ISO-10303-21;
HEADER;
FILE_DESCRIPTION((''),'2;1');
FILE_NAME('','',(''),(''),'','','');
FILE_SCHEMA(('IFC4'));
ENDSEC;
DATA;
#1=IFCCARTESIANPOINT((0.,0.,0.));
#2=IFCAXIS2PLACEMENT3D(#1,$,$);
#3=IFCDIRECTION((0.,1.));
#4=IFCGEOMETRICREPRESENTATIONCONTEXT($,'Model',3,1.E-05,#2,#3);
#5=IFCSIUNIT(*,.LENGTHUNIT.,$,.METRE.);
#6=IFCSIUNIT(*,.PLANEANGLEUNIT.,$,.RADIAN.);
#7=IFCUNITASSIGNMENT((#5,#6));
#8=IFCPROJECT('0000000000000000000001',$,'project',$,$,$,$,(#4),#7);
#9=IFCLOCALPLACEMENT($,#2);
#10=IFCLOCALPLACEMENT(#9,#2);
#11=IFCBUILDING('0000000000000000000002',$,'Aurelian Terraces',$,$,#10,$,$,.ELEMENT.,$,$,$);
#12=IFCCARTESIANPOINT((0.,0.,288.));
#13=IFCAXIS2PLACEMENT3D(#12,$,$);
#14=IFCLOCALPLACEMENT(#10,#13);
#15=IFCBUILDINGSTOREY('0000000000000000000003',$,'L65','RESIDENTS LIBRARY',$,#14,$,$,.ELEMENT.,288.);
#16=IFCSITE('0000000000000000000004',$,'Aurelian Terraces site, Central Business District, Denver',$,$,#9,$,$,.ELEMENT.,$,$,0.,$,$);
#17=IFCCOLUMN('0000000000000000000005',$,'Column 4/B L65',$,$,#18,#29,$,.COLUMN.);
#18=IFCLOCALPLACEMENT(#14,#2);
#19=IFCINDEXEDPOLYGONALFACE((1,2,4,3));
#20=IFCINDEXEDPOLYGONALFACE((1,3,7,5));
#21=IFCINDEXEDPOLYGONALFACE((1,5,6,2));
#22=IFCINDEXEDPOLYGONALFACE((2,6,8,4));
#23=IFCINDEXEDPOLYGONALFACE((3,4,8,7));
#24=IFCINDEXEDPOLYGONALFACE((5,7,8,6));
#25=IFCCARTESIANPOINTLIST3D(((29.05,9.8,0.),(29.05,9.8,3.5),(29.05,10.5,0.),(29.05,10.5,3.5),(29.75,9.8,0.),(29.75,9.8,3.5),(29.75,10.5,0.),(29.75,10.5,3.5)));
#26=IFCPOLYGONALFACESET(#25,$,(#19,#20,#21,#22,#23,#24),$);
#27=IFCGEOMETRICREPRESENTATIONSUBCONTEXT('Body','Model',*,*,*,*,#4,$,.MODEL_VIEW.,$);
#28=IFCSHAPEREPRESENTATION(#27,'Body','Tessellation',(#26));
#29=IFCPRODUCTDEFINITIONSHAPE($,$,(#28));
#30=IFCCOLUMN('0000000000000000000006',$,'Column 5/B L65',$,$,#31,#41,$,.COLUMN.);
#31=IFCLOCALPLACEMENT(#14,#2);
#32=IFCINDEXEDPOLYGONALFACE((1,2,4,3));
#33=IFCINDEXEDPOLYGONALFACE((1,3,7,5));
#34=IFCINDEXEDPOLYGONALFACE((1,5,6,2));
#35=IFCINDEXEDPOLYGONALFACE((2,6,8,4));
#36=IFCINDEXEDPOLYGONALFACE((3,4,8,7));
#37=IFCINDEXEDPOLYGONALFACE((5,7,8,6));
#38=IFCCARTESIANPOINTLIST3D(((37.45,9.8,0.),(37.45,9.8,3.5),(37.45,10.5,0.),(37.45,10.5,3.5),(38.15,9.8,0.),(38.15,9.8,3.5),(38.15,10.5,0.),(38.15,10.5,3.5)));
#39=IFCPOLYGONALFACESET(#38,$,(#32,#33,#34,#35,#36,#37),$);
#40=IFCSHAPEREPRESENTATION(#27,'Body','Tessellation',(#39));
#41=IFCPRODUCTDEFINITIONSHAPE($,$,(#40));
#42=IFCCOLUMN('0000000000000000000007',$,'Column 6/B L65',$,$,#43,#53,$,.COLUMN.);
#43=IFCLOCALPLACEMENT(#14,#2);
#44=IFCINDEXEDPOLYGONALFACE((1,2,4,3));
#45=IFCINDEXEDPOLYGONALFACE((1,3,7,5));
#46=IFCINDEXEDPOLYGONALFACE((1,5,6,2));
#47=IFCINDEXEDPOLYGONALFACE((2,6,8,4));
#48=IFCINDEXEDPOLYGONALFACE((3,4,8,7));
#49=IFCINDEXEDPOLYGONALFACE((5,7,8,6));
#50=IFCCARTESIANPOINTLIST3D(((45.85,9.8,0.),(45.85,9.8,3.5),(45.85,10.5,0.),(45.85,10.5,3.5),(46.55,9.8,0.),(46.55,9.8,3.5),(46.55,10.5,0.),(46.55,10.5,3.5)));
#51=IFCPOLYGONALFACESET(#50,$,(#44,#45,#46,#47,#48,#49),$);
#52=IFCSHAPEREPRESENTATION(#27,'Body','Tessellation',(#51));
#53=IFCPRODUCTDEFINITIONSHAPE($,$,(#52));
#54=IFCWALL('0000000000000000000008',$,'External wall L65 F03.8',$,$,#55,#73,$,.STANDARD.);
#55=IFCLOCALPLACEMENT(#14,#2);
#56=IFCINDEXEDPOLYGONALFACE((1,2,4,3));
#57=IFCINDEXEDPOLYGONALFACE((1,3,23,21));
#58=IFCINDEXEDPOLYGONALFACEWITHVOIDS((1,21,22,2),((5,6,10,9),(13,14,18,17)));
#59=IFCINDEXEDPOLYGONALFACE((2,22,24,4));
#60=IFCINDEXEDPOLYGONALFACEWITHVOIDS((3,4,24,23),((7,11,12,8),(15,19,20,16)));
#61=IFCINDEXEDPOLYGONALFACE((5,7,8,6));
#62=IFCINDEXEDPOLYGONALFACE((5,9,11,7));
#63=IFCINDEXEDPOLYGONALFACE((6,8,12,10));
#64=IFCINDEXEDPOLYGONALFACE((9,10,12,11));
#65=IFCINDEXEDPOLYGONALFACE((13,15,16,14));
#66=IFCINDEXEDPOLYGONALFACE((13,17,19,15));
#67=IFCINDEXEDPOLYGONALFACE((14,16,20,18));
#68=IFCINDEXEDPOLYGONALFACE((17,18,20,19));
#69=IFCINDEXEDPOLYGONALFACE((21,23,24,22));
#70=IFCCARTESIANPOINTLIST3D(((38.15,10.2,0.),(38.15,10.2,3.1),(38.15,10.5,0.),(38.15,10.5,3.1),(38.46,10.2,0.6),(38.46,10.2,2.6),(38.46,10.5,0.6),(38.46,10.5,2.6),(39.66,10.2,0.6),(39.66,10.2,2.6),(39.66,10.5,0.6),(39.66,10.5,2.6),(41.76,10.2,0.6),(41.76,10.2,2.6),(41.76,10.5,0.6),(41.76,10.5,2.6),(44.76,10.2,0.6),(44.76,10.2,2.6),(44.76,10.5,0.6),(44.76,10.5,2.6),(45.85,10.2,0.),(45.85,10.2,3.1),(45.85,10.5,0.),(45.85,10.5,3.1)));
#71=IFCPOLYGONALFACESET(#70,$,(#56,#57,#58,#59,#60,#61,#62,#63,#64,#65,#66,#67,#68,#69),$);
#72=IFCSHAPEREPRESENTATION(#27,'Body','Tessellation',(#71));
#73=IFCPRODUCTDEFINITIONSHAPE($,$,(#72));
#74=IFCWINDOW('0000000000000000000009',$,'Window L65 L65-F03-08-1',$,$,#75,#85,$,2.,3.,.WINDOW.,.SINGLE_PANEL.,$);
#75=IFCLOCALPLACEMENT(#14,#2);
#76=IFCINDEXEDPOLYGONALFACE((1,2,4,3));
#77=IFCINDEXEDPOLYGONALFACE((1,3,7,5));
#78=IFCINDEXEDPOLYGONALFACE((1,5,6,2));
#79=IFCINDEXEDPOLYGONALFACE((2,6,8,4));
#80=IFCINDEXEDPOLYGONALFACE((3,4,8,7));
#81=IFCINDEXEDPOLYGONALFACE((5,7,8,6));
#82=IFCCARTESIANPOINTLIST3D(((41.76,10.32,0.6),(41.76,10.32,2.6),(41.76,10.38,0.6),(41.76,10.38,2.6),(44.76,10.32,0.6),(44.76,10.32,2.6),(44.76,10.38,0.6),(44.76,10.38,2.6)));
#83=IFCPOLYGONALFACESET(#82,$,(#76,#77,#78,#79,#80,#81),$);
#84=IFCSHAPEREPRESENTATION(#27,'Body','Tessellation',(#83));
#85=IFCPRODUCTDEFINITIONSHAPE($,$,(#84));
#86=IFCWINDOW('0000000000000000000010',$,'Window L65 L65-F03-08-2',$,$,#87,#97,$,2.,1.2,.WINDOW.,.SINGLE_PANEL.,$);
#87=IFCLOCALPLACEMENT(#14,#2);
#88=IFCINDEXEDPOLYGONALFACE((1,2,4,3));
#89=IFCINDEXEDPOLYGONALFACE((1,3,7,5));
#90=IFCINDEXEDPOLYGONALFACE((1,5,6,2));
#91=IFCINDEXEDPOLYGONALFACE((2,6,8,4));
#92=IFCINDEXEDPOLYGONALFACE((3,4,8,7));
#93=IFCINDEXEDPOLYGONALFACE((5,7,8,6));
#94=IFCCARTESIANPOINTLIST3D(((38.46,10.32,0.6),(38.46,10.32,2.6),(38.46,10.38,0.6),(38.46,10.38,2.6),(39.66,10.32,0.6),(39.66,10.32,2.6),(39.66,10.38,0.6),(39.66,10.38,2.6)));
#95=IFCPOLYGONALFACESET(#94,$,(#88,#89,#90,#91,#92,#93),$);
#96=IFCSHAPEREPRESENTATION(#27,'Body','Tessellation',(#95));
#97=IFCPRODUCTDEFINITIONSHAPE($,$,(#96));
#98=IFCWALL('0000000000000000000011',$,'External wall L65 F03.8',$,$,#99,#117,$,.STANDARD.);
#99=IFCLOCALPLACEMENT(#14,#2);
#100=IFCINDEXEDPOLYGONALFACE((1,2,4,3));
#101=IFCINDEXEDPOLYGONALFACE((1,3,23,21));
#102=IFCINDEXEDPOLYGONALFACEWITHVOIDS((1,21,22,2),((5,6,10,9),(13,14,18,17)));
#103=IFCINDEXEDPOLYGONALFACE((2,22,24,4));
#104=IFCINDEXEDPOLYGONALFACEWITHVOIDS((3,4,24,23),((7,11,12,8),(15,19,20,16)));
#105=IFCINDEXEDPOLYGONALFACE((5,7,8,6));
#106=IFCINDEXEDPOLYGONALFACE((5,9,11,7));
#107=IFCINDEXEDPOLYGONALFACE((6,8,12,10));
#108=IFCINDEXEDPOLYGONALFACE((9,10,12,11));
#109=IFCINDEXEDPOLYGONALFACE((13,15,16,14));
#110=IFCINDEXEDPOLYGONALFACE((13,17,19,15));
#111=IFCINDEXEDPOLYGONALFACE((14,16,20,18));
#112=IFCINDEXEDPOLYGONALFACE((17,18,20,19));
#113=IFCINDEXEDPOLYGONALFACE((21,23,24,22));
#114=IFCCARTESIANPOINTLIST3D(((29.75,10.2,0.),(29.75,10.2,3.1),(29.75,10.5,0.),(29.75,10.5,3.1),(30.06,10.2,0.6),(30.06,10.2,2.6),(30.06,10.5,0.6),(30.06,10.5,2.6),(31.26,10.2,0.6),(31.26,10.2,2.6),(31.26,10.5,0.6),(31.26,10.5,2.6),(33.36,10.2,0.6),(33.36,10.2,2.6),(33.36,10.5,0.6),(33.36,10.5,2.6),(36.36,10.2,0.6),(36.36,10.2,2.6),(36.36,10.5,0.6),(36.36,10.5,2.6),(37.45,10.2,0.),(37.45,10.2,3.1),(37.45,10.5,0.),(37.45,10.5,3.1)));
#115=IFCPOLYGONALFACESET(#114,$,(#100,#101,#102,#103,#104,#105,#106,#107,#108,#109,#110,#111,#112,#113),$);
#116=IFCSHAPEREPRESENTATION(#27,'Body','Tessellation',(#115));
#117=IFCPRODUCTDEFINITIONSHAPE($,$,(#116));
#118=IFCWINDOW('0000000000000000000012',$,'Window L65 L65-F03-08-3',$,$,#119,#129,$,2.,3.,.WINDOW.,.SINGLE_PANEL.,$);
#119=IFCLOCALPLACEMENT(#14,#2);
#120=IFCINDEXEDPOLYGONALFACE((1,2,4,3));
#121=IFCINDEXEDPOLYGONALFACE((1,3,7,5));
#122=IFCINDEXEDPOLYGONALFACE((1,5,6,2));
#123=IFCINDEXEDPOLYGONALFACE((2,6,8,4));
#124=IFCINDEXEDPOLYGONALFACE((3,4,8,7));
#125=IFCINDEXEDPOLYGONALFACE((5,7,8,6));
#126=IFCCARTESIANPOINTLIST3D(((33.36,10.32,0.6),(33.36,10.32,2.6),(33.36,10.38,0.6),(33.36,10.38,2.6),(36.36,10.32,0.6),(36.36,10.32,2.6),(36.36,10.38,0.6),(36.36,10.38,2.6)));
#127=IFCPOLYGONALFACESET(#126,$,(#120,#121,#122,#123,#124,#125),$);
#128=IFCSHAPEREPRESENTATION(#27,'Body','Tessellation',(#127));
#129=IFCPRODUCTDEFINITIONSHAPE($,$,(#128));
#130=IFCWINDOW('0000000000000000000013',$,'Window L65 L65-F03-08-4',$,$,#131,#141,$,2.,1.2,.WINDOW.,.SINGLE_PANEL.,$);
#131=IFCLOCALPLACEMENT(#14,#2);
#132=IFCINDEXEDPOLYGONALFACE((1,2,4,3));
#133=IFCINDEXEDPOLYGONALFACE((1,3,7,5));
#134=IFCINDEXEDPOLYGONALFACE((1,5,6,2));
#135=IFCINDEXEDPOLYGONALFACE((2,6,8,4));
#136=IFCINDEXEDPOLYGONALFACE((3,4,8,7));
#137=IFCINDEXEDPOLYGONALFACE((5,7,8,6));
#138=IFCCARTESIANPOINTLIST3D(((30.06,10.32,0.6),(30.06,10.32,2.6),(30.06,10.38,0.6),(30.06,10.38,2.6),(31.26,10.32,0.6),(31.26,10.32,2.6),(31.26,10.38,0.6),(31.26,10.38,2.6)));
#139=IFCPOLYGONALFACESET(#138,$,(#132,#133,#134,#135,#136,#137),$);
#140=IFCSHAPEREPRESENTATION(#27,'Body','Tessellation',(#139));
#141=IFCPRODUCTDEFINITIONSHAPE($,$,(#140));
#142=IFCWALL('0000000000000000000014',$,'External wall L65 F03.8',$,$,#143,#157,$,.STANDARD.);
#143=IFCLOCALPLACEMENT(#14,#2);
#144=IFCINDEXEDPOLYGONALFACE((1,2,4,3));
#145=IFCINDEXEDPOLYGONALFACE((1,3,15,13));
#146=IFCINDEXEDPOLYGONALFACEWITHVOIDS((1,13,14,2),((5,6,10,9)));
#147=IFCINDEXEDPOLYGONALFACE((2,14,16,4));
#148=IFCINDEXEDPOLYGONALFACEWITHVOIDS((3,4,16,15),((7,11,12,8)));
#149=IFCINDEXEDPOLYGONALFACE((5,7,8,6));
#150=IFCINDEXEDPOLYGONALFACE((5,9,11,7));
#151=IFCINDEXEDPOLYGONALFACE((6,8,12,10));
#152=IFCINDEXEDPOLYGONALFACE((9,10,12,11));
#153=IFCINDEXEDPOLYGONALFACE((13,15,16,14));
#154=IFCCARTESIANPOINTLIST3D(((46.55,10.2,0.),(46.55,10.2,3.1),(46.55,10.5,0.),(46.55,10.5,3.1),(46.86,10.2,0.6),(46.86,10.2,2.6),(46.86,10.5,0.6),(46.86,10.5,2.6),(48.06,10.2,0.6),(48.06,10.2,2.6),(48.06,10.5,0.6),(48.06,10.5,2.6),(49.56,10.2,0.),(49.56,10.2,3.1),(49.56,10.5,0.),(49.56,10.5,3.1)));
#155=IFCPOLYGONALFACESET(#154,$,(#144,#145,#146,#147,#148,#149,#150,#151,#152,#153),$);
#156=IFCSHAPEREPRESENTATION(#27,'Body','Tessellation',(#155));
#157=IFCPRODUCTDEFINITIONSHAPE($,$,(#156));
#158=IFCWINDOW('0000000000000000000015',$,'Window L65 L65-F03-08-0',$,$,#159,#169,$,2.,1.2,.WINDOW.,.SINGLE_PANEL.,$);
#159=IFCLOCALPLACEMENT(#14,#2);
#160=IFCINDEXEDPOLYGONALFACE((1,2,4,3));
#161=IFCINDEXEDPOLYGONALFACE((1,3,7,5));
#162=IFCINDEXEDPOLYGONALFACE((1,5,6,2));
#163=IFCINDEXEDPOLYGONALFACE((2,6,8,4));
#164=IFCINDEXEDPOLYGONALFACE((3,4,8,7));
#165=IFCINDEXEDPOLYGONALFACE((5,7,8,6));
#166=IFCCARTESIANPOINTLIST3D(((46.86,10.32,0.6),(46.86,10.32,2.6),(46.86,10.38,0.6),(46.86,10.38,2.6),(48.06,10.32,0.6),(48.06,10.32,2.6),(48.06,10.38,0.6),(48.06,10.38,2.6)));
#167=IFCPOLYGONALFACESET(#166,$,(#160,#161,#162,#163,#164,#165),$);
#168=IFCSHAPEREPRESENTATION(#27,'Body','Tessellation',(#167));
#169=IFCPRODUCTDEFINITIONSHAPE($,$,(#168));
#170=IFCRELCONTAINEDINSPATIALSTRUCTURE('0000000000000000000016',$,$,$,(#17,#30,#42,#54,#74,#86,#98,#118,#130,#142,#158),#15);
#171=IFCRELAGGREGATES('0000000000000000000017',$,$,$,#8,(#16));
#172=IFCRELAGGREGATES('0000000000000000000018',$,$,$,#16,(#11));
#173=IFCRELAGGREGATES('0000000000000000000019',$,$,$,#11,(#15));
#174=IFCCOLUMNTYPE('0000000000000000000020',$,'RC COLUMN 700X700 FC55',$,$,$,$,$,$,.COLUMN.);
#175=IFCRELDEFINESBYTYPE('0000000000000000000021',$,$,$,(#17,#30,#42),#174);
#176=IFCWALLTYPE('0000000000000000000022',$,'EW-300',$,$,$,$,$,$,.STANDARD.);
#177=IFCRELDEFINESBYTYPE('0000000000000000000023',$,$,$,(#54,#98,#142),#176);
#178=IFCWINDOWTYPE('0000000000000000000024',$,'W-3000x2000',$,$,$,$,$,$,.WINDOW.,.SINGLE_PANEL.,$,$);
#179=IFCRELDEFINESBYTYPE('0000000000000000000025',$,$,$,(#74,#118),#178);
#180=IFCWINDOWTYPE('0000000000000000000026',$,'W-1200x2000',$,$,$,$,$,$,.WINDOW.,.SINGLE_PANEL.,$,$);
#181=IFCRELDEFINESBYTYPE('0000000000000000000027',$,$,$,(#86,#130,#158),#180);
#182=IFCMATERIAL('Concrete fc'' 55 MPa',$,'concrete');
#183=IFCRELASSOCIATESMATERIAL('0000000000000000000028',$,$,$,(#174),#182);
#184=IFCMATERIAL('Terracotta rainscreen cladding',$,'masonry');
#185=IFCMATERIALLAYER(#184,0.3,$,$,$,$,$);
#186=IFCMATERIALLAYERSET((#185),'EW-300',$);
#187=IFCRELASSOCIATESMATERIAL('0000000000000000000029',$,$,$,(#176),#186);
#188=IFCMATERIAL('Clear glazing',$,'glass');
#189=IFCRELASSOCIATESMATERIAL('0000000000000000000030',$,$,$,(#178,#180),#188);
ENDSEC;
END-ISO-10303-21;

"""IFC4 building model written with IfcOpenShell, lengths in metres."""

from ifc_helpers import new_model, si_unit, direction, frame, frame_2d, origin, origin_2d, place, context, subcontext, project, spatial, rectangle, extrude, source, transform, mapped, material, layer, layer_set, material_profile, profile_set, type_object, element, fill, save


model = new_model("IFC4")

# Units and contexts
model_context = context("Model", 3, precision=1e-05, world=origin(), true_north=direction((0.0, 1.0)))
body_context = subcontext(model_context, "Body", "Model", "MODEL_VIEW")
ifc_project = project(units=[si_unit("LENGTHUNIT", "METRE"), si_unit("PLANEANGLEUNIT", "RADIAN")], contexts=[model_context])

# Site, building, storey
site_placement = place(None, origin())
site = spatial("IfcSite", under=ifc_project, at=site_placement, Name="Aurelian Terraces site, Central Business District, Denver", CompositionType="ELEMENT", RefElevation=0.0)
building_placement = place(site_placement, origin())
building = spatial("IfcBuilding", under=site, at=building_placement, Name="Aurelian Terraces", CompositionType="ELEMENT")
storey_placement = place(building_placement, frame((0.0, 0.0, 288.0)))
storey = spatial("IfcBuildingStorey", under=building, at=storey_placement, Name="L65", Description="RESIDENTS LIBRARY", CompositionType="ELEMENT", Elevation=288.0)

# Columns
ifc_material_1 = material(Name="Concrete fc' 55 MPa", Category="concrete")
ifc_material_profile = material_profile(ifc_material_1, rectangle(XDim=0.7, YDim=0.7, at=origin_2d()))
ifc_profile_set = profile_set([ifc_material_profile], Name="Concrete fc' 55 MPa")
column_type = type_object("IfcColumnType", Name="RC COLUMN 700X700 FC55", PredefinedType="COLUMN", material=ifc_profile_set)
shared_shape_1 = source(origin(), body_context, "Body", "SweptSolid", [
    extrude(rectangle(XDim=0.7, YDim=0.7, at=origin_2d()), origin(), (0.0, 0.0, 1.0), 3.5),
])
for number, where, z_axis, x_axis, name in (
    (1, (29.4, 10.15, 0.0), (0.0, 0.0, 1.0), (1.0, 0.0, 0.0), "Column 4/B L65"),
    (2, (37.8, 10.15, 0.0), (0.0, 0.0, 1.0), (1.0, 0.0, 0.0), "Column 5/B L65"),
    (3, (46.2, 10.15, 0.0), (0.0, 0.0, 1.0), (1.0, 0.0, 0.0), "Column 6/B L65"),
):
    element("IfcColumn", number, at=place(storey_placement, frame(where, z_axis=z_axis, x_axis=x_axis)), inside=storey, type_object=column_type, Name=name, PredefinedType="COLUMN", context=body_context, shape_type="MappedRepresentation", body=[
        mapped(shared_shape_1, transform((0.0, 0.0, 0.0), scale=1.0)),
    ])

# Walls, openings, windows
ifc_material_2 = material(Name="Terracotta rainscreen cladding", Category="masonry")
ifc_layer_1 = layer(ifc_material_2, 0.3)
ifc_layer_set_1 = layer_set([ifc_layer_1], Name="EW-300")
wall_type_1 = type_object("IfcWallType", Name="EW-300", PredefinedType="STANDARD", material=ifc_layer_set_1)
shared_shape_2 = source(origin(), body_context, "Body", "SweptSolid", [
    extrude(rectangle(XDim=7.7, YDim=0.3, at=frame_2d((3.85, 0.0))), origin(), (0.0, 0.0, 1.0), 3.1),
])
wall_1_placement = place(storey_placement, frame((45.85, 10.35, 0.0), z_axis=(0.0, 0.0, 1.0), x_axis=(-1.0, 0.0, 0.0)))
wall_1 = element("IfcWall", 4, at=wall_1_placement, inside=storey, type_object=wall_type_1, Name="External wall L65 F03.8", PredefinedType="STANDARD", context=body_context, shape_type="MappedRepresentation", body=[
    mapped(shared_shape_2, transform((0.0, 0.0, 0.0), scale=1.0)),
])
shared_shape_3 = source(origin(), body_context, "Body", "SweptSolid", [
    extrude(rectangle(XDim=3.0, YDim=2.0, at=frame_2d((1.5, 1.0))), frame((0.0, 0.16, 0.0), z_axis=(0.0, -1.0, 0.0), x_axis=(1.0, 0.0, 0.0)), (0.0, 0.0, 1.0), 0.32),
])
opening_1_placement = place(wall_1_placement, frame((1.09, 0.0, 0.6)))
opening_1 = element("IfcOpeningElement", 5, at=opening_1_placement, cuts=wall_1, PredefinedType="OPENING", context=body_context, shape_type="MappedRepresentation", body=[
    mapped(shared_shape_3, transform((0.0, 0.0, 0.0), scale=1.0)),
])
shared_shape_4 = source(origin(), body_context, "Body", "SweptSolid", [
    extrude(rectangle(XDim=1.2, YDim=2.0, at=frame_2d((0.6, 1.0))), frame((0.0, 0.16, 0.0), z_axis=(0.0, -1.0, 0.0), x_axis=(1.0, 0.0, 0.0)), (0.0, 0.0, 1.0), 0.32),
])
opening_2_placement = place(wall_1_placement, frame((6.19, 0.0, 0.6)))
opening_2 = element("IfcOpeningElement", 6, at=opening_2_placement, cuts=wall_1, PredefinedType="OPENING", context=body_context, shape_type="MappedRepresentation", body=[
    mapped(shared_shape_4, transform((0.0, 0.0, 0.0), scale=1.0)),
])
ifc_material_3 = material(Name="Clear glazing", Category="glass")
window_type_1 = type_object("IfcWindowType", Name="W-3000x2000", PartitioningType="SINGLE_PANEL", PredefinedType="WINDOW", material=ifc_material_3)
shared_shape_5 = source(origin(), body_context, "Body", "SweptSolid", [
    extrude(rectangle(XDim=3.0, YDim=2.0, at=frame_2d((1.5, 1.0))), frame((0.0, 0.03, 0.0), z_axis=(0.0, -1.0, 0.0), x_axis=(1.0, 0.0, 0.0)), (0.0, 0.0, 1.0), 0.06),
])
window_1_placement = place(opening_1_placement, origin())
window_1 = element("IfcWindow", 7, at=window_1_placement, inside=storey, type_object=window_type_1, Name="Window L65 L65-F03-08-1", OverallHeight=2.0, OverallWidth=3.0, PartitioningType="SINGLE_PANEL", PredefinedType="WINDOW", context=body_context, shape_type="MappedRepresentation", body=[
    mapped(shared_shape_5, transform((0.0, 0.0, 0.0), scale=1.0)),
])
fill(opening_1, window_1)
window_type_2 = type_object("IfcWindowType", Name="W-1200x2000", PartitioningType="SINGLE_PANEL", PredefinedType="WINDOW", material=ifc_material_3)
shared_shape_6 = source(origin(), body_context, "Body", "SweptSolid", [
    extrude(rectangle(XDim=1.2, YDim=2.0, at=frame_2d((0.6, 1.0))), frame((0.0, 0.03, 0.0), z_axis=(0.0, -1.0, 0.0), x_axis=(1.0, 0.0, 0.0)), (0.0, 0.0, 1.0), 0.06),
])
window_2_placement = place(opening_2_placement, origin())
window_2 = element("IfcWindow", 8, at=window_2_placement, inside=storey, type_object=window_type_2, Name="Window L65 L65-F03-08-2", OverallHeight=2.0, OverallWidth=1.2, PartitioningType="SINGLE_PANEL", PredefinedType="WINDOW", context=body_context, shape_type="MappedRepresentation", body=[
    mapped(shared_shape_6, transform((0.0, 0.0, 0.0), scale=1.0)),
])
fill(opening_2, window_2)
wall_2_placement = place(storey_placement, frame((37.45, 10.35, 0.0), z_axis=(0.0, 0.0, 1.0), x_axis=(-1.0, 0.0, 0.0)))
wall_2 = element("IfcWall", 9, at=wall_2_placement, inside=storey, type_object=wall_type_1, Name="External wall L65 F03.8", PredefinedType="STANDARD", context=body_context, shape_type="MappedRepresentation", body=[
    mapped(shared_shape_2, transform((0.0, 0.0, 0.0), scale=1.0)),
])
opening_3_placement = place(wall_2_placement, frame((1.09, 0.0, 0.6)))
opening_3 = element("IfcOpeningElement", 10, at=opening_3_placement, cuts=wall_2, PredefinedType="OPENING", context=body_context, shape_type="MappedRepresentation", body=[
    mapped(shared_shape_3, transform((0.0, 0.0, 0.0), scale=1.0)),
])
opening_4_placement = place(wall_2_placement, frame((6.19, 0.0, 0.6)))
opening_4 = element("IfcOpeningElement", 11, at=opening_4_placement, cuts=wall_2, PredefinedType="OPENING", context=body_context, shape_type="MappedRepresentation", body=[
    mapped(shared_shape_4, transform((0.0, 0.0, 0.0), scale=1.0)),
])
window_3_placement = place(opening_3_placement, origin())
window_3 = element("IfcWindow", 12, at=window_3_placement, inside=storey, type_object=window_type_1, Name="Window L65 L65-F03-08-3", OverallHeight=2.0, OverallWidth=3.0, PartitioningType="SINGLE_PANEL", PredefinedType="WINDOW", context=body_context, shape_type="MappedRepresentation", body=[
    mapped(shared_shape_5, transform((0.0, 0.0, 0.0), scale=1.0)),
])
fill(opening_3, window_3)
window_4_placement = place(opening_4_placement, origin())
window_4 = element("IfcWindow", 13, at=window_4_placement, inside=storey, type_object=window_type_2, Name="Window L65 L65-F03-08-4", OverallHeight=2.0, OverallWidth=1.2, PartitioningType="SINGLE_PANEL", PredefinedType="WINDOW", context=body_context, shape_type="MappedRepresentation", body=[
    mapped(shared_shape_6, transform((0.0, 0.0, 0.0), scale=1.0)),
])
fill(opening_4, window_4)

# Wall, opening, window
shared_shape_7 = source(origin(), body_context, "Body", "SweptSolid", [
    extrude(rectangle(XDim=3.01, YDim=0.3, at=frame_2d((1.505, 0.0))), origin(), (0.0, 0.0, 1.0), 3.1),
])
wall_3_placement = place(storey_placement, frame((49.56, 10.35, 0.0), z_axis=(0.0, 0.0, 1.0), x_axis=(-1.0, 0.0, 0.0)))
wall_3 = element("IfcWall", 14, at=wall_3_placement, inside=storey, type_object=wall_type_1, Name="External wall L65 F03.8", PredefinedType="STANDARD", context=body_context, shape_type="MappedRepresentation", body=[
    mapped(shared_shape_7, transform((0.0, 0.0, 0.0), scale=1.0)),
])
opening_5_placement = place(wall_3_placement, frame((1.5, 0.0, 0.6)))
opening_5 = element("IfcOpeningElement", 15, at=opening_5_placement, cuts=wall_3, PredefinedType="OPENING", context=body_context, shape_type="MappedRepresentation", body=[
    mapped(shared_shape_4, transform((0.0, 0.0, 0.0), scale=1.0)),
])
window_5_placement = place(opening_5_placement, origin())
window_5 = element("IfcWindow", 16, at=window_5_placement, inside=storey, type_object=window_type_2, Name="Window L65 L65-F03-08-0", OverallHeight=2.0, OverallWidth=1.2, PartitioningType="SINGLE_PANEL", PredefinedType="WINDOW", context=body_context, shape_type="MappedRepresentation", body=[
    mapped(shared_shape_6, transform((0.0, 0.0, 0.0), scale=1.0)),
])
fill(opening_5, window_5)

save(model, "model.ifc")
